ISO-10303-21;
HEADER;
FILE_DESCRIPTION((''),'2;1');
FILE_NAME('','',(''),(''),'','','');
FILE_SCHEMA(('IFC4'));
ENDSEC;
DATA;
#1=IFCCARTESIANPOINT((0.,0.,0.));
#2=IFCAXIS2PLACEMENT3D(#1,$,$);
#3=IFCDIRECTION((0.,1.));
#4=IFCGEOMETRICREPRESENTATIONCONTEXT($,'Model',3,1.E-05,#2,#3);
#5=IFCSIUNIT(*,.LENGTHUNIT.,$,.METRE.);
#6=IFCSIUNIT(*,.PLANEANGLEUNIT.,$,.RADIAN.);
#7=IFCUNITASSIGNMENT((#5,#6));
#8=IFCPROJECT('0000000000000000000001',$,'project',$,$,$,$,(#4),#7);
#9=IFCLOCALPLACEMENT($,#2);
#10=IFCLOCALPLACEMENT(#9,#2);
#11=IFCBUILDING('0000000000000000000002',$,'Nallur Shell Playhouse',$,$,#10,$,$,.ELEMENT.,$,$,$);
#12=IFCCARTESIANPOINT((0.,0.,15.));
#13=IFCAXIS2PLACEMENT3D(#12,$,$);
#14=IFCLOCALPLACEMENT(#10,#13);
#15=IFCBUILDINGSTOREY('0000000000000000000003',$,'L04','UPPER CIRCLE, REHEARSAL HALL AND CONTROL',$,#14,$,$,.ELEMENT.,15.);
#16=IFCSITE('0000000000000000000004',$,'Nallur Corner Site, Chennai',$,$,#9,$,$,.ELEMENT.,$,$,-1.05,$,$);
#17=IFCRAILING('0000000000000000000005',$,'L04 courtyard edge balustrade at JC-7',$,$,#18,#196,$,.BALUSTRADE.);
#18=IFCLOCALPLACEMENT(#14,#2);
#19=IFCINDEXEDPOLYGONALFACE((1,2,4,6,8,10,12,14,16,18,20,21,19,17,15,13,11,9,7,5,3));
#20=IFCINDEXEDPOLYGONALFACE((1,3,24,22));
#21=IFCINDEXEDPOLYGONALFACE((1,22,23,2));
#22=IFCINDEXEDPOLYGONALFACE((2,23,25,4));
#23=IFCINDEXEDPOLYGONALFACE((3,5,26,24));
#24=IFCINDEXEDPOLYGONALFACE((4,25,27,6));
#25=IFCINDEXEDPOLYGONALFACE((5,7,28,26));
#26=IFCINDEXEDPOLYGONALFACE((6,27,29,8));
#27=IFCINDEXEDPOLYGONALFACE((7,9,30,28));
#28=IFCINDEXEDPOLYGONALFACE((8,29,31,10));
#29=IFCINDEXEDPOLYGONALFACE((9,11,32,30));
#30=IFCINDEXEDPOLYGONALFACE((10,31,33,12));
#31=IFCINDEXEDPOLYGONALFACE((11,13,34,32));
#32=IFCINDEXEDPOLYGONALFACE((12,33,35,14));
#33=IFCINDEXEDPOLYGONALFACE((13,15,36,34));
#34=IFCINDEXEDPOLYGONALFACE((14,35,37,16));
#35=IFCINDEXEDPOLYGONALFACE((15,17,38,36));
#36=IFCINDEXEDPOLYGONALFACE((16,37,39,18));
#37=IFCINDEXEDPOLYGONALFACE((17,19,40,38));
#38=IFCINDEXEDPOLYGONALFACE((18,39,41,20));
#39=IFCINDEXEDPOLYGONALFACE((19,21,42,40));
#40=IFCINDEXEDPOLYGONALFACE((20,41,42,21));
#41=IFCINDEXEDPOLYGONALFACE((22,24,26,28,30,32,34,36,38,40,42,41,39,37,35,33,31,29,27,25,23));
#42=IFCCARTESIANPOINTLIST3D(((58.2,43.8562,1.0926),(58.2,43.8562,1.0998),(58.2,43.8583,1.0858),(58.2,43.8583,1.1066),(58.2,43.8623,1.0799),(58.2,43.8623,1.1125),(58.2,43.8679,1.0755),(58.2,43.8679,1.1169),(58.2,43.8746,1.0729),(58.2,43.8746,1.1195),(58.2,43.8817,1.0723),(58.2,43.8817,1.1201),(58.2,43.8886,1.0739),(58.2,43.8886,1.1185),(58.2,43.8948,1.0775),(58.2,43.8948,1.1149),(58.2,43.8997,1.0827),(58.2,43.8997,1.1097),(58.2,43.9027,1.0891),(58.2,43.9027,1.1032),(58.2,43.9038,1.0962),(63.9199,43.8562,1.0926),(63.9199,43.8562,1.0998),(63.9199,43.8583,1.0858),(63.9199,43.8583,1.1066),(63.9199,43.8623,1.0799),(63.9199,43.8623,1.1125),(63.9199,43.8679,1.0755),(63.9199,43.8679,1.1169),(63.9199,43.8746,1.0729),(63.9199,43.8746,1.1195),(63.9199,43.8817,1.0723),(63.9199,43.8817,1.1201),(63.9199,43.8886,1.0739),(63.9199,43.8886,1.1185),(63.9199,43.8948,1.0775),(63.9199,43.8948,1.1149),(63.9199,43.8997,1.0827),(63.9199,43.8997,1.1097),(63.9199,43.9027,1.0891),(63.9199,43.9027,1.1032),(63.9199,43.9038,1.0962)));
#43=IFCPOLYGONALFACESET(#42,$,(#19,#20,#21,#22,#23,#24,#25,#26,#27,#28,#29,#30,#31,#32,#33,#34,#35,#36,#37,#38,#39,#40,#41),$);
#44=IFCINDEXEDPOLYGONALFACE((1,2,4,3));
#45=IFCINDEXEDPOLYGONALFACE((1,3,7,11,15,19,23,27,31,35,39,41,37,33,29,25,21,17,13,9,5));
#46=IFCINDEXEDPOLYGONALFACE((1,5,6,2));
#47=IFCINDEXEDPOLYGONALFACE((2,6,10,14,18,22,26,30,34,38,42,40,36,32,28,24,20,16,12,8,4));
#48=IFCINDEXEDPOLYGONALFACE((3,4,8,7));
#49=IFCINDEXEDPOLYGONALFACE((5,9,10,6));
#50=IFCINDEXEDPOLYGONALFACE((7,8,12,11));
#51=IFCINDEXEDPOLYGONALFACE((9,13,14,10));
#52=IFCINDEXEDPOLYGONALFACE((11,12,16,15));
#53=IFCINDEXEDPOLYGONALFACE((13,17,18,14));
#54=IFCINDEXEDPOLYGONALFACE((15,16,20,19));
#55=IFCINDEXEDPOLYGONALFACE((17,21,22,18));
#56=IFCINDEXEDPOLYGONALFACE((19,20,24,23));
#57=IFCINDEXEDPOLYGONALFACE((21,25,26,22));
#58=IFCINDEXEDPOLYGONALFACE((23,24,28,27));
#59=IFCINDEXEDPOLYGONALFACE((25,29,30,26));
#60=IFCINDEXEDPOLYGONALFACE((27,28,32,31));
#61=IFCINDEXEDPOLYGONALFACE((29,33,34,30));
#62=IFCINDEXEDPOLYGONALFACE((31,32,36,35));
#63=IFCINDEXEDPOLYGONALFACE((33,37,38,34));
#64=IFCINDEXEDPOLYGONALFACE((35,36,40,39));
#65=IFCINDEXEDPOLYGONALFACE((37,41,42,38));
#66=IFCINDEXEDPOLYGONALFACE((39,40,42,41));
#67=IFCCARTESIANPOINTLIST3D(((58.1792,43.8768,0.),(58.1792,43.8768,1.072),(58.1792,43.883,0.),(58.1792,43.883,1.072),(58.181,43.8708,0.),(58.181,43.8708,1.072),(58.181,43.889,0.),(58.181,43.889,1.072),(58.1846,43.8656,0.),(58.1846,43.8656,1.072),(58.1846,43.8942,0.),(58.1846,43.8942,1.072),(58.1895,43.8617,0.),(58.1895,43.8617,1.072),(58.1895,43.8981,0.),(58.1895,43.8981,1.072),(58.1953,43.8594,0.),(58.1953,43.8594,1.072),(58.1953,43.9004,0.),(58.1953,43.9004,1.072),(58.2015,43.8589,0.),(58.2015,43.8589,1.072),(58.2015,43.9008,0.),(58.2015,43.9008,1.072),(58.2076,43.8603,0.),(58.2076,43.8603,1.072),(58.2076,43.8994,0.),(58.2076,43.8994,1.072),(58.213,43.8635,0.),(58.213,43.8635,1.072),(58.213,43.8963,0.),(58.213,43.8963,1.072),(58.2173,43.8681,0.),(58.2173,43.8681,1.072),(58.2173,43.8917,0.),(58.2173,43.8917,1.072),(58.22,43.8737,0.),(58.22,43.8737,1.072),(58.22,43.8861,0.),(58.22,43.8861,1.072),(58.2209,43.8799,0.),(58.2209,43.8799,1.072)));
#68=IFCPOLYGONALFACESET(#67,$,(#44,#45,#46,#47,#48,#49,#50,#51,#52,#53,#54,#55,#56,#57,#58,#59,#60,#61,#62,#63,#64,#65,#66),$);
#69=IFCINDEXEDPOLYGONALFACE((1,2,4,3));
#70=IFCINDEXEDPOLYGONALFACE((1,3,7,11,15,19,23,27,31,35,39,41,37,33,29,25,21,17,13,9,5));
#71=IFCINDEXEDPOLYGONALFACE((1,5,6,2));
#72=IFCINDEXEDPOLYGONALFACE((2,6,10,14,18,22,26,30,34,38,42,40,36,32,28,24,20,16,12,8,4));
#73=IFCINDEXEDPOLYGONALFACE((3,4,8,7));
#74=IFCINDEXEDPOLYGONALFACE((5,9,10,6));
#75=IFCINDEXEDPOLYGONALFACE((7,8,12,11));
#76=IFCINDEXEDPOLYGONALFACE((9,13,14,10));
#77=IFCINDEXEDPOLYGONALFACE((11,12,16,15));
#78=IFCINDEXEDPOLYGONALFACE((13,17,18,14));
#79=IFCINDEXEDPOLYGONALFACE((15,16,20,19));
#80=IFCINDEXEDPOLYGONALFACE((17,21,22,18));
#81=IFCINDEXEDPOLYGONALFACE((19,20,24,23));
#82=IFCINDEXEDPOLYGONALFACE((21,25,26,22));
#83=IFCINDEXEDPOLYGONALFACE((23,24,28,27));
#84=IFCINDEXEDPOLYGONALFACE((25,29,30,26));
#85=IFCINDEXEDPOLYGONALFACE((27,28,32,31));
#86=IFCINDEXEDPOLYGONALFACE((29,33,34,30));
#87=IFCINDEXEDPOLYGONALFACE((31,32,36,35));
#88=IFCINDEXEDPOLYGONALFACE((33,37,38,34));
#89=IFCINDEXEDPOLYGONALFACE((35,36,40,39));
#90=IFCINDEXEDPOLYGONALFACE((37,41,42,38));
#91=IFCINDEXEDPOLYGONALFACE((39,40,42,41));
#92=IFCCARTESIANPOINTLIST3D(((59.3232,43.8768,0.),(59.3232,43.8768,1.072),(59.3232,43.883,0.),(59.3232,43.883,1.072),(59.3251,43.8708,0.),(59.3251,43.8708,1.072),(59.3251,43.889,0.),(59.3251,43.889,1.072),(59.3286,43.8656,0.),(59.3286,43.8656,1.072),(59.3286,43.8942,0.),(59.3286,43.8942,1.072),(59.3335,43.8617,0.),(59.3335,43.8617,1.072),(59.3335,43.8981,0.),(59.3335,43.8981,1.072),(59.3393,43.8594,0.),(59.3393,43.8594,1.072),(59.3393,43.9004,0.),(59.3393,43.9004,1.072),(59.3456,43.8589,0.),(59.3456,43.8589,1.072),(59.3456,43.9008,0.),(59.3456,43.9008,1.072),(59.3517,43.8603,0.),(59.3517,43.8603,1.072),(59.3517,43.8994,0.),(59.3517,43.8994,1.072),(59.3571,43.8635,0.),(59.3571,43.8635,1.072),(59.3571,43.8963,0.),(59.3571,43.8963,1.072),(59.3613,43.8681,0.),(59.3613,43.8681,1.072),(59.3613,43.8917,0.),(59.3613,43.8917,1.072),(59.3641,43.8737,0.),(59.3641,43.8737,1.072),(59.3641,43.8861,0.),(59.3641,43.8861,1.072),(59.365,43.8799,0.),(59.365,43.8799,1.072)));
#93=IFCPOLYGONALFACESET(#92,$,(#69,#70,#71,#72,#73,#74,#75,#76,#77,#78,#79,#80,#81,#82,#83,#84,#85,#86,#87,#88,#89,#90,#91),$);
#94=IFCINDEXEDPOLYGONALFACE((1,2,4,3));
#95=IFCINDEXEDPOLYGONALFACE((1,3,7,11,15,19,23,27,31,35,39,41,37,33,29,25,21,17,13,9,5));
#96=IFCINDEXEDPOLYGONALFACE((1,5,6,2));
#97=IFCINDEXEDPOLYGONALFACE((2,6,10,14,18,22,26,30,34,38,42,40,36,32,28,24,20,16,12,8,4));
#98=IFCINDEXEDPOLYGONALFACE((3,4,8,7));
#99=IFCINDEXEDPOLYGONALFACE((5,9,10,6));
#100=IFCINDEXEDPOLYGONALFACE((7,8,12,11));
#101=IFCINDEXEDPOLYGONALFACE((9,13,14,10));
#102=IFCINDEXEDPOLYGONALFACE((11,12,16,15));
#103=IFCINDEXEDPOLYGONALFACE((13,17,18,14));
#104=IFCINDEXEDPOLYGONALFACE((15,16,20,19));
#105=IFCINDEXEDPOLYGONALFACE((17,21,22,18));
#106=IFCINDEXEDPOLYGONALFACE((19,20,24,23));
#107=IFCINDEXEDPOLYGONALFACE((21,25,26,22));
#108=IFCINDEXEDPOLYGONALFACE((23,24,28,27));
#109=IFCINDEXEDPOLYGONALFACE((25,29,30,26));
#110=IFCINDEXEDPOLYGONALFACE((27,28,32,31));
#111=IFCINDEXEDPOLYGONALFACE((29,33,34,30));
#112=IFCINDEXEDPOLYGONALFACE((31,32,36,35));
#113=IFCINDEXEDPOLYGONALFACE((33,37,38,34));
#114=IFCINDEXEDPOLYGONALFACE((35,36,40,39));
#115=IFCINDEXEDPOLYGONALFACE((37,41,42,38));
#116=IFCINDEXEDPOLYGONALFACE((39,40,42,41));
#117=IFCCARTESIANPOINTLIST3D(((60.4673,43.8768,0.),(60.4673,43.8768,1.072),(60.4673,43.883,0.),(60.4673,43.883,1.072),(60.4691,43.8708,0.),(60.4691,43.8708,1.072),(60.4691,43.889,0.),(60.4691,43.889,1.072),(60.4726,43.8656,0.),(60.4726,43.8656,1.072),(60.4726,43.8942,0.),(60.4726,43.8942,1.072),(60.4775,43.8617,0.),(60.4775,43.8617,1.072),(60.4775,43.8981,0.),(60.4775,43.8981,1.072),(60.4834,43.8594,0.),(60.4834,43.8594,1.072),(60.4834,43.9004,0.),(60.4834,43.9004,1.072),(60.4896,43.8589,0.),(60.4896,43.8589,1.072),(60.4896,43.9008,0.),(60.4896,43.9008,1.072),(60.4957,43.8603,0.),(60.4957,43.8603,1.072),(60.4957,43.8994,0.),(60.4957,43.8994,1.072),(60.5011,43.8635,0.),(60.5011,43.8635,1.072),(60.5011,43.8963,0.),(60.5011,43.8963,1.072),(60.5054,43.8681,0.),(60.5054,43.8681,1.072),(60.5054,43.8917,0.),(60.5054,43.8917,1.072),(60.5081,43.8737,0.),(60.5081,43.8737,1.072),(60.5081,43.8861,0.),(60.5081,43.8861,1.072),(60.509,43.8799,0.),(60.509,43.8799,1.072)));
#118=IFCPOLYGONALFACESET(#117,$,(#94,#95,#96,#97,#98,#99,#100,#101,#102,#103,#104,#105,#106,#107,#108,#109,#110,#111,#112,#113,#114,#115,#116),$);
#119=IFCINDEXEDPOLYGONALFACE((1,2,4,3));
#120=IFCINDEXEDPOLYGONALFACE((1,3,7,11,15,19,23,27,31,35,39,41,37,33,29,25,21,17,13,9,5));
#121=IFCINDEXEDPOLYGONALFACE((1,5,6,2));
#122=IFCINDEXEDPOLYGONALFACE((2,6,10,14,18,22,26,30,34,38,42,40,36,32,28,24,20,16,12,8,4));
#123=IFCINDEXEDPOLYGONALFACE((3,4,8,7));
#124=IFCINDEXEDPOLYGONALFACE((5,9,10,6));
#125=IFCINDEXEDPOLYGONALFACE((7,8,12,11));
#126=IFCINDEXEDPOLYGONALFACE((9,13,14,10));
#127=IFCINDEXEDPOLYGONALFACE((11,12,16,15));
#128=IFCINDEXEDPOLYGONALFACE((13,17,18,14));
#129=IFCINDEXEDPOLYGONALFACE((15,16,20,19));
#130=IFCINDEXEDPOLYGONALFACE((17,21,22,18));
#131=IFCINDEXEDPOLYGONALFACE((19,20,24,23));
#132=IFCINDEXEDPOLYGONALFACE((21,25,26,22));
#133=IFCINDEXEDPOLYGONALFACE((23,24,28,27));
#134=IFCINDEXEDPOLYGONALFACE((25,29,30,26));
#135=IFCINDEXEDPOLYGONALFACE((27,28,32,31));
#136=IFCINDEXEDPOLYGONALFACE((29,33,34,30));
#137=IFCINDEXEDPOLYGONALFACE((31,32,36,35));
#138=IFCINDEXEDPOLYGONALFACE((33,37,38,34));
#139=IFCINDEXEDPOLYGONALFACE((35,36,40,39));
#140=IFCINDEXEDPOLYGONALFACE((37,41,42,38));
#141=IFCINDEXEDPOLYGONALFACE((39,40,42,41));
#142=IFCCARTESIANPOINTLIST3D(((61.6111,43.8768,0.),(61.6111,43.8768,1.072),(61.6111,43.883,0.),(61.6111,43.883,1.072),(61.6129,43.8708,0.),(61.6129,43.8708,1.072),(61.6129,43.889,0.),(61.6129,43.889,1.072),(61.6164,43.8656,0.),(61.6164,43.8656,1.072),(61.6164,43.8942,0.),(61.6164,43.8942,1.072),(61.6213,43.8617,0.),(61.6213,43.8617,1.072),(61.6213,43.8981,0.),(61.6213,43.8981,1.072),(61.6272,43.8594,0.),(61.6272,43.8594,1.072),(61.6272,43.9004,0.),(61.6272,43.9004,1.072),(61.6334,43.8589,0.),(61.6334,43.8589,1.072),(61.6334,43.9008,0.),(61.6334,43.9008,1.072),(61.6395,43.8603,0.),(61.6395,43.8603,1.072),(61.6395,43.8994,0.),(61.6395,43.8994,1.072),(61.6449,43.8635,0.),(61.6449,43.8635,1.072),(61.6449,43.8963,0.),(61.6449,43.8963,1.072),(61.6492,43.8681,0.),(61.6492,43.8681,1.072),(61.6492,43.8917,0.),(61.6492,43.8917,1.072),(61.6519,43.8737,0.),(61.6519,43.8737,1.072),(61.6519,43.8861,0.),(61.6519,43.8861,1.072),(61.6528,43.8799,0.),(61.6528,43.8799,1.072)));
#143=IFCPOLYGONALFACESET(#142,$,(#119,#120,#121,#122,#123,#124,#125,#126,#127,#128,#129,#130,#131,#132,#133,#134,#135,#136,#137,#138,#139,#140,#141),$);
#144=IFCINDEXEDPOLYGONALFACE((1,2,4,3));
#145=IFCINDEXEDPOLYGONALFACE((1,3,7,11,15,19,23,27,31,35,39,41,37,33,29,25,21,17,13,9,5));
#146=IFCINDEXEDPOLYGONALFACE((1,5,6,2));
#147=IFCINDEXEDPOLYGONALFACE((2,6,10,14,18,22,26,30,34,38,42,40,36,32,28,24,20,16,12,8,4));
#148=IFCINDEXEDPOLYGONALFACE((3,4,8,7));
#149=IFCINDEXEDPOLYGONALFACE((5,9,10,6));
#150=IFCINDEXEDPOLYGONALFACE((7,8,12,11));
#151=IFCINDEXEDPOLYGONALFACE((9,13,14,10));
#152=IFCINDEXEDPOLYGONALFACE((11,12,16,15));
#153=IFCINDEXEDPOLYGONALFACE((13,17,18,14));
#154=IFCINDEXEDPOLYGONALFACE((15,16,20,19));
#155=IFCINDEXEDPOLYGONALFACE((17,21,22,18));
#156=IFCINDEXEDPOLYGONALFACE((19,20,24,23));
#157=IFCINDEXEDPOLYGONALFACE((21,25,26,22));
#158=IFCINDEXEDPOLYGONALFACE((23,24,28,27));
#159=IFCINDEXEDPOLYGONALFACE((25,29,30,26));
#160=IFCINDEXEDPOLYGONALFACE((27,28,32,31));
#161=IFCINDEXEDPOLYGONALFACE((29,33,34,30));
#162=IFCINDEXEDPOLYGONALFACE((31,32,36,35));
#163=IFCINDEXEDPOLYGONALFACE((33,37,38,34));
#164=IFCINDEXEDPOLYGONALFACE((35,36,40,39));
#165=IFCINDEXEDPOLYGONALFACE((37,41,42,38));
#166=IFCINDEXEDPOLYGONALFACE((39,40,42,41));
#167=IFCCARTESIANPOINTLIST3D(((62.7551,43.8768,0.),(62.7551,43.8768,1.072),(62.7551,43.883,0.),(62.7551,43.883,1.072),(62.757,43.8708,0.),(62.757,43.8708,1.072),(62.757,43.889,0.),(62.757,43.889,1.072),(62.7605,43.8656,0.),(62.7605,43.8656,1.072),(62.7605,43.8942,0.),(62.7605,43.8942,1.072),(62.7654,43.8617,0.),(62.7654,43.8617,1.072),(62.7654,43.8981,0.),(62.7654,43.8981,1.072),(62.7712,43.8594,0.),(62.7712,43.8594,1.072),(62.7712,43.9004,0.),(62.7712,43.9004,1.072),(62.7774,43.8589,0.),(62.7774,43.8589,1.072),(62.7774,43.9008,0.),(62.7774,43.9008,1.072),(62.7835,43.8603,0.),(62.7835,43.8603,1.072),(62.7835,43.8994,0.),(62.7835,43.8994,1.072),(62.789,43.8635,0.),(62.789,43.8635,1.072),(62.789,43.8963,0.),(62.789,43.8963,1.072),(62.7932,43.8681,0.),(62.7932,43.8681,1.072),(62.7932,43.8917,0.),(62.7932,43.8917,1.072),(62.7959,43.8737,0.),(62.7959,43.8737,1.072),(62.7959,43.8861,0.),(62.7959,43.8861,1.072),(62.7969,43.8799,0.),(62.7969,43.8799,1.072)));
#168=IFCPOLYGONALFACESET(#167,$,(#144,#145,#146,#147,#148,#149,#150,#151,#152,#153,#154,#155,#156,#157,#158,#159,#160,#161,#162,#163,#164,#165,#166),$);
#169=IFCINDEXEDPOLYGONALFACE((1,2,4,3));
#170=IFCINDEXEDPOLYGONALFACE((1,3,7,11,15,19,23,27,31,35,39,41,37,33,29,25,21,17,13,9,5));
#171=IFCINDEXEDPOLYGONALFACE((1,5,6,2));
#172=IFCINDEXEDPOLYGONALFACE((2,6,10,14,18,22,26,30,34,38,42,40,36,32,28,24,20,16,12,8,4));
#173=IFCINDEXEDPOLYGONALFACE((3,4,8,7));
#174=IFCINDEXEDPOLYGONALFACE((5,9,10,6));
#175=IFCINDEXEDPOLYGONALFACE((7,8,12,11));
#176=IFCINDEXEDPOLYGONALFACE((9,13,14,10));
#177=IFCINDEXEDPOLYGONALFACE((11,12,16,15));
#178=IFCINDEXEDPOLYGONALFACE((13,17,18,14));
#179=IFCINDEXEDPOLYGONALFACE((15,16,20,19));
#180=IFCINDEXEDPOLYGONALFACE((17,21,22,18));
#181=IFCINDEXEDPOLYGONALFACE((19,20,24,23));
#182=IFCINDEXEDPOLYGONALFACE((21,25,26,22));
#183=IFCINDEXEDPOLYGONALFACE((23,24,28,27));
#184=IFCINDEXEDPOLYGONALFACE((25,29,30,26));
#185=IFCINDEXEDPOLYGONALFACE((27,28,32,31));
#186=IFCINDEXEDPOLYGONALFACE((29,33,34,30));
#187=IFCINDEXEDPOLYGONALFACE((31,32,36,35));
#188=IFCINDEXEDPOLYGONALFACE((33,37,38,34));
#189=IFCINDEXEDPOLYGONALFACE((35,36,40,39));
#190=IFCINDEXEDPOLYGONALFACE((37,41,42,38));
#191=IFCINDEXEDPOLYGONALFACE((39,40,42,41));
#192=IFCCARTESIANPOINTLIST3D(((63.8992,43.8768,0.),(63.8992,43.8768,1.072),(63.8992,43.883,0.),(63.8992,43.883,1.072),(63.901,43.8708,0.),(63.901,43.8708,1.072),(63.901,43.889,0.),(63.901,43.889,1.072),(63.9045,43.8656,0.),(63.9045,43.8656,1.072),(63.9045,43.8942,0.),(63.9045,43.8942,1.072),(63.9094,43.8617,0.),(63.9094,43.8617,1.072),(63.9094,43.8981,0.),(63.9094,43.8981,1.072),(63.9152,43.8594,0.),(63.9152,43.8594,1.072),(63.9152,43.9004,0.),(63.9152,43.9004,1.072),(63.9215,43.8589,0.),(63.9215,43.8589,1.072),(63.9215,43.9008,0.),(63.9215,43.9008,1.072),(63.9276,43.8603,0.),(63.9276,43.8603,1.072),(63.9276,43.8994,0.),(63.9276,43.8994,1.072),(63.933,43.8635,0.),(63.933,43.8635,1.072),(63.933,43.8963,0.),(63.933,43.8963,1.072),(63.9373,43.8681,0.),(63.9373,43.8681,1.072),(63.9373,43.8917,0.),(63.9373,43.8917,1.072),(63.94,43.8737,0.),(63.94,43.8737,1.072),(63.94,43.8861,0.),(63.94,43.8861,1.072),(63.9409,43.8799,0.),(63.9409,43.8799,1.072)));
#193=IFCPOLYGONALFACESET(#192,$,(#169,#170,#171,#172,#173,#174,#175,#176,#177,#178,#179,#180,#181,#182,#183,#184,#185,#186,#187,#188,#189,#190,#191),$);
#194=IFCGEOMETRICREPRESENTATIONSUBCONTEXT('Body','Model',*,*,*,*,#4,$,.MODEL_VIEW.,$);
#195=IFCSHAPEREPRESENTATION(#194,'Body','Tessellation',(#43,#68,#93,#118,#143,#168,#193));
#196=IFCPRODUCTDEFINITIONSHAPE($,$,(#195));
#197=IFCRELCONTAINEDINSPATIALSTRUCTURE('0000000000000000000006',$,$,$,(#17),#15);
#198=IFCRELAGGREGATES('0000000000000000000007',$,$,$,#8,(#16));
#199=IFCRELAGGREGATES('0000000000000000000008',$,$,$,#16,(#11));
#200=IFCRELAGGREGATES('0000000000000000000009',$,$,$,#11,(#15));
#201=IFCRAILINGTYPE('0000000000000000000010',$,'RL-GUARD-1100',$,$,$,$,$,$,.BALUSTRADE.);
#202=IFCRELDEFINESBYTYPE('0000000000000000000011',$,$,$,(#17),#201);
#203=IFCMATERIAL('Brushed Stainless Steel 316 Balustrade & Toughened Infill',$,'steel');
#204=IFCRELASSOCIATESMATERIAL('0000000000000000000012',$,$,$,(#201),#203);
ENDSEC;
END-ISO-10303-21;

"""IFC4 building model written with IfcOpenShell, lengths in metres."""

from ifc_helpers import new_model, si_unit, direction, frame, origin, origin_2d, place, context, subcontext, project, spatial, circle, extrude, material, type_object, element, save


model = new_model("IFC4")

# Units and contexts
model_context = context("Model", 3, precision=1e-05, world=origin(), true_north=direction((0.0, 1.0)))
body_context = subcontext(model_context, "Body", "Model", "MODEL_VIEW")
ifc_project = project(units=[si_unit("LENGTHUNIT", "METRE"), si_unit("PLANEANGLEUNIT", "RADIAN")], contexts=[model_context])

# Site, building, storey
site_placement = place(None, origin())
site = spatial("IfcSite", under=ifc_project, at=site_placement, Name="Nallur Corner Site, Chennai", CompositionType="ELEMENT", RefElevation=-1.05)
building_placement = place(site_placement, origin())
building = spatial("IfcBuilding", under=site, at=building_placement, Name="Nallur Shell Playhouse", CompositionType="ELEMENT")
storey_placement = place(building_placement, frame((0.0, 0.0, 15.0)))
storey = spatial("IfcBuildingStorey", under=building, at=storey_placement, Name="L04", Description="UPPER CIRCLE, REHEARSAL HALL AND CONTROL", CompositionType="ELEMENT", Elevation=15.0)

# Railing
ifc_material_1 = material(Name="Brushed Stainless Steel 316 Balustrade & Toughened Infill", Category="steel")
railing_type = type_object("IfcRailingType", Name="RL-GUARD-1100", PredefinedType="BALUSTRADE", material=ifc_material_1)
railing_placement = place(storey_placement, frame((58.2, 43.8799, 0.0)))
element("IfcRailing", 1, at=railing_placement, inside=storey, type_object=railing_type, Name="L04 courtyard edge balustrade at JC-7", PredefinedType="BALUSTRADE", context=body_context, shape_type="SweptSolid", body=[
    extrude(circle(Radius=0.0239, at=origin_2d()), frame((0.0, 0.0, 1.0962), z_axis=(1.0, 0.0, 0.0), x_axis=(0.0, 1.0, 0.0)), (0.0, 0.0, 1.0), 5.72),
    extrude(circle(Radius=0.021, at=origin_2d()), origin(), (0.0, 0.0, 1.0), 1.072),
    extrude(circle(Radius=0.021, at=origin_2d()), frame((1.144, 0.0, 0.0)), (0.0, 0.0, 1.0), 1.072),
    extrude(circle(Radius=0.021, at=origin_2d()), frame((2.2881, 0.0, 0.0)), (0.0, 0.0, 1.0), 1.072),
    extrude(circle(Radius=0.021, at=origin_2d()), frame((3.4319, 0.0, 0.0)), (0.0, 0.0, 1.0), 1.072),
    extrude(circle(Radius=0.021, at=origin_2d()), frame((4.5759, 0.0, 0.0)), (0.0, 0.0, 1.0), 1.072),
    extrude(circle(Radius=0.021, at=origin_2d()), frame((5.72, 0.0, 0.0)), (0.0, 0.0, 1.0), 1.072),
])

save(model, "model.ifc")
